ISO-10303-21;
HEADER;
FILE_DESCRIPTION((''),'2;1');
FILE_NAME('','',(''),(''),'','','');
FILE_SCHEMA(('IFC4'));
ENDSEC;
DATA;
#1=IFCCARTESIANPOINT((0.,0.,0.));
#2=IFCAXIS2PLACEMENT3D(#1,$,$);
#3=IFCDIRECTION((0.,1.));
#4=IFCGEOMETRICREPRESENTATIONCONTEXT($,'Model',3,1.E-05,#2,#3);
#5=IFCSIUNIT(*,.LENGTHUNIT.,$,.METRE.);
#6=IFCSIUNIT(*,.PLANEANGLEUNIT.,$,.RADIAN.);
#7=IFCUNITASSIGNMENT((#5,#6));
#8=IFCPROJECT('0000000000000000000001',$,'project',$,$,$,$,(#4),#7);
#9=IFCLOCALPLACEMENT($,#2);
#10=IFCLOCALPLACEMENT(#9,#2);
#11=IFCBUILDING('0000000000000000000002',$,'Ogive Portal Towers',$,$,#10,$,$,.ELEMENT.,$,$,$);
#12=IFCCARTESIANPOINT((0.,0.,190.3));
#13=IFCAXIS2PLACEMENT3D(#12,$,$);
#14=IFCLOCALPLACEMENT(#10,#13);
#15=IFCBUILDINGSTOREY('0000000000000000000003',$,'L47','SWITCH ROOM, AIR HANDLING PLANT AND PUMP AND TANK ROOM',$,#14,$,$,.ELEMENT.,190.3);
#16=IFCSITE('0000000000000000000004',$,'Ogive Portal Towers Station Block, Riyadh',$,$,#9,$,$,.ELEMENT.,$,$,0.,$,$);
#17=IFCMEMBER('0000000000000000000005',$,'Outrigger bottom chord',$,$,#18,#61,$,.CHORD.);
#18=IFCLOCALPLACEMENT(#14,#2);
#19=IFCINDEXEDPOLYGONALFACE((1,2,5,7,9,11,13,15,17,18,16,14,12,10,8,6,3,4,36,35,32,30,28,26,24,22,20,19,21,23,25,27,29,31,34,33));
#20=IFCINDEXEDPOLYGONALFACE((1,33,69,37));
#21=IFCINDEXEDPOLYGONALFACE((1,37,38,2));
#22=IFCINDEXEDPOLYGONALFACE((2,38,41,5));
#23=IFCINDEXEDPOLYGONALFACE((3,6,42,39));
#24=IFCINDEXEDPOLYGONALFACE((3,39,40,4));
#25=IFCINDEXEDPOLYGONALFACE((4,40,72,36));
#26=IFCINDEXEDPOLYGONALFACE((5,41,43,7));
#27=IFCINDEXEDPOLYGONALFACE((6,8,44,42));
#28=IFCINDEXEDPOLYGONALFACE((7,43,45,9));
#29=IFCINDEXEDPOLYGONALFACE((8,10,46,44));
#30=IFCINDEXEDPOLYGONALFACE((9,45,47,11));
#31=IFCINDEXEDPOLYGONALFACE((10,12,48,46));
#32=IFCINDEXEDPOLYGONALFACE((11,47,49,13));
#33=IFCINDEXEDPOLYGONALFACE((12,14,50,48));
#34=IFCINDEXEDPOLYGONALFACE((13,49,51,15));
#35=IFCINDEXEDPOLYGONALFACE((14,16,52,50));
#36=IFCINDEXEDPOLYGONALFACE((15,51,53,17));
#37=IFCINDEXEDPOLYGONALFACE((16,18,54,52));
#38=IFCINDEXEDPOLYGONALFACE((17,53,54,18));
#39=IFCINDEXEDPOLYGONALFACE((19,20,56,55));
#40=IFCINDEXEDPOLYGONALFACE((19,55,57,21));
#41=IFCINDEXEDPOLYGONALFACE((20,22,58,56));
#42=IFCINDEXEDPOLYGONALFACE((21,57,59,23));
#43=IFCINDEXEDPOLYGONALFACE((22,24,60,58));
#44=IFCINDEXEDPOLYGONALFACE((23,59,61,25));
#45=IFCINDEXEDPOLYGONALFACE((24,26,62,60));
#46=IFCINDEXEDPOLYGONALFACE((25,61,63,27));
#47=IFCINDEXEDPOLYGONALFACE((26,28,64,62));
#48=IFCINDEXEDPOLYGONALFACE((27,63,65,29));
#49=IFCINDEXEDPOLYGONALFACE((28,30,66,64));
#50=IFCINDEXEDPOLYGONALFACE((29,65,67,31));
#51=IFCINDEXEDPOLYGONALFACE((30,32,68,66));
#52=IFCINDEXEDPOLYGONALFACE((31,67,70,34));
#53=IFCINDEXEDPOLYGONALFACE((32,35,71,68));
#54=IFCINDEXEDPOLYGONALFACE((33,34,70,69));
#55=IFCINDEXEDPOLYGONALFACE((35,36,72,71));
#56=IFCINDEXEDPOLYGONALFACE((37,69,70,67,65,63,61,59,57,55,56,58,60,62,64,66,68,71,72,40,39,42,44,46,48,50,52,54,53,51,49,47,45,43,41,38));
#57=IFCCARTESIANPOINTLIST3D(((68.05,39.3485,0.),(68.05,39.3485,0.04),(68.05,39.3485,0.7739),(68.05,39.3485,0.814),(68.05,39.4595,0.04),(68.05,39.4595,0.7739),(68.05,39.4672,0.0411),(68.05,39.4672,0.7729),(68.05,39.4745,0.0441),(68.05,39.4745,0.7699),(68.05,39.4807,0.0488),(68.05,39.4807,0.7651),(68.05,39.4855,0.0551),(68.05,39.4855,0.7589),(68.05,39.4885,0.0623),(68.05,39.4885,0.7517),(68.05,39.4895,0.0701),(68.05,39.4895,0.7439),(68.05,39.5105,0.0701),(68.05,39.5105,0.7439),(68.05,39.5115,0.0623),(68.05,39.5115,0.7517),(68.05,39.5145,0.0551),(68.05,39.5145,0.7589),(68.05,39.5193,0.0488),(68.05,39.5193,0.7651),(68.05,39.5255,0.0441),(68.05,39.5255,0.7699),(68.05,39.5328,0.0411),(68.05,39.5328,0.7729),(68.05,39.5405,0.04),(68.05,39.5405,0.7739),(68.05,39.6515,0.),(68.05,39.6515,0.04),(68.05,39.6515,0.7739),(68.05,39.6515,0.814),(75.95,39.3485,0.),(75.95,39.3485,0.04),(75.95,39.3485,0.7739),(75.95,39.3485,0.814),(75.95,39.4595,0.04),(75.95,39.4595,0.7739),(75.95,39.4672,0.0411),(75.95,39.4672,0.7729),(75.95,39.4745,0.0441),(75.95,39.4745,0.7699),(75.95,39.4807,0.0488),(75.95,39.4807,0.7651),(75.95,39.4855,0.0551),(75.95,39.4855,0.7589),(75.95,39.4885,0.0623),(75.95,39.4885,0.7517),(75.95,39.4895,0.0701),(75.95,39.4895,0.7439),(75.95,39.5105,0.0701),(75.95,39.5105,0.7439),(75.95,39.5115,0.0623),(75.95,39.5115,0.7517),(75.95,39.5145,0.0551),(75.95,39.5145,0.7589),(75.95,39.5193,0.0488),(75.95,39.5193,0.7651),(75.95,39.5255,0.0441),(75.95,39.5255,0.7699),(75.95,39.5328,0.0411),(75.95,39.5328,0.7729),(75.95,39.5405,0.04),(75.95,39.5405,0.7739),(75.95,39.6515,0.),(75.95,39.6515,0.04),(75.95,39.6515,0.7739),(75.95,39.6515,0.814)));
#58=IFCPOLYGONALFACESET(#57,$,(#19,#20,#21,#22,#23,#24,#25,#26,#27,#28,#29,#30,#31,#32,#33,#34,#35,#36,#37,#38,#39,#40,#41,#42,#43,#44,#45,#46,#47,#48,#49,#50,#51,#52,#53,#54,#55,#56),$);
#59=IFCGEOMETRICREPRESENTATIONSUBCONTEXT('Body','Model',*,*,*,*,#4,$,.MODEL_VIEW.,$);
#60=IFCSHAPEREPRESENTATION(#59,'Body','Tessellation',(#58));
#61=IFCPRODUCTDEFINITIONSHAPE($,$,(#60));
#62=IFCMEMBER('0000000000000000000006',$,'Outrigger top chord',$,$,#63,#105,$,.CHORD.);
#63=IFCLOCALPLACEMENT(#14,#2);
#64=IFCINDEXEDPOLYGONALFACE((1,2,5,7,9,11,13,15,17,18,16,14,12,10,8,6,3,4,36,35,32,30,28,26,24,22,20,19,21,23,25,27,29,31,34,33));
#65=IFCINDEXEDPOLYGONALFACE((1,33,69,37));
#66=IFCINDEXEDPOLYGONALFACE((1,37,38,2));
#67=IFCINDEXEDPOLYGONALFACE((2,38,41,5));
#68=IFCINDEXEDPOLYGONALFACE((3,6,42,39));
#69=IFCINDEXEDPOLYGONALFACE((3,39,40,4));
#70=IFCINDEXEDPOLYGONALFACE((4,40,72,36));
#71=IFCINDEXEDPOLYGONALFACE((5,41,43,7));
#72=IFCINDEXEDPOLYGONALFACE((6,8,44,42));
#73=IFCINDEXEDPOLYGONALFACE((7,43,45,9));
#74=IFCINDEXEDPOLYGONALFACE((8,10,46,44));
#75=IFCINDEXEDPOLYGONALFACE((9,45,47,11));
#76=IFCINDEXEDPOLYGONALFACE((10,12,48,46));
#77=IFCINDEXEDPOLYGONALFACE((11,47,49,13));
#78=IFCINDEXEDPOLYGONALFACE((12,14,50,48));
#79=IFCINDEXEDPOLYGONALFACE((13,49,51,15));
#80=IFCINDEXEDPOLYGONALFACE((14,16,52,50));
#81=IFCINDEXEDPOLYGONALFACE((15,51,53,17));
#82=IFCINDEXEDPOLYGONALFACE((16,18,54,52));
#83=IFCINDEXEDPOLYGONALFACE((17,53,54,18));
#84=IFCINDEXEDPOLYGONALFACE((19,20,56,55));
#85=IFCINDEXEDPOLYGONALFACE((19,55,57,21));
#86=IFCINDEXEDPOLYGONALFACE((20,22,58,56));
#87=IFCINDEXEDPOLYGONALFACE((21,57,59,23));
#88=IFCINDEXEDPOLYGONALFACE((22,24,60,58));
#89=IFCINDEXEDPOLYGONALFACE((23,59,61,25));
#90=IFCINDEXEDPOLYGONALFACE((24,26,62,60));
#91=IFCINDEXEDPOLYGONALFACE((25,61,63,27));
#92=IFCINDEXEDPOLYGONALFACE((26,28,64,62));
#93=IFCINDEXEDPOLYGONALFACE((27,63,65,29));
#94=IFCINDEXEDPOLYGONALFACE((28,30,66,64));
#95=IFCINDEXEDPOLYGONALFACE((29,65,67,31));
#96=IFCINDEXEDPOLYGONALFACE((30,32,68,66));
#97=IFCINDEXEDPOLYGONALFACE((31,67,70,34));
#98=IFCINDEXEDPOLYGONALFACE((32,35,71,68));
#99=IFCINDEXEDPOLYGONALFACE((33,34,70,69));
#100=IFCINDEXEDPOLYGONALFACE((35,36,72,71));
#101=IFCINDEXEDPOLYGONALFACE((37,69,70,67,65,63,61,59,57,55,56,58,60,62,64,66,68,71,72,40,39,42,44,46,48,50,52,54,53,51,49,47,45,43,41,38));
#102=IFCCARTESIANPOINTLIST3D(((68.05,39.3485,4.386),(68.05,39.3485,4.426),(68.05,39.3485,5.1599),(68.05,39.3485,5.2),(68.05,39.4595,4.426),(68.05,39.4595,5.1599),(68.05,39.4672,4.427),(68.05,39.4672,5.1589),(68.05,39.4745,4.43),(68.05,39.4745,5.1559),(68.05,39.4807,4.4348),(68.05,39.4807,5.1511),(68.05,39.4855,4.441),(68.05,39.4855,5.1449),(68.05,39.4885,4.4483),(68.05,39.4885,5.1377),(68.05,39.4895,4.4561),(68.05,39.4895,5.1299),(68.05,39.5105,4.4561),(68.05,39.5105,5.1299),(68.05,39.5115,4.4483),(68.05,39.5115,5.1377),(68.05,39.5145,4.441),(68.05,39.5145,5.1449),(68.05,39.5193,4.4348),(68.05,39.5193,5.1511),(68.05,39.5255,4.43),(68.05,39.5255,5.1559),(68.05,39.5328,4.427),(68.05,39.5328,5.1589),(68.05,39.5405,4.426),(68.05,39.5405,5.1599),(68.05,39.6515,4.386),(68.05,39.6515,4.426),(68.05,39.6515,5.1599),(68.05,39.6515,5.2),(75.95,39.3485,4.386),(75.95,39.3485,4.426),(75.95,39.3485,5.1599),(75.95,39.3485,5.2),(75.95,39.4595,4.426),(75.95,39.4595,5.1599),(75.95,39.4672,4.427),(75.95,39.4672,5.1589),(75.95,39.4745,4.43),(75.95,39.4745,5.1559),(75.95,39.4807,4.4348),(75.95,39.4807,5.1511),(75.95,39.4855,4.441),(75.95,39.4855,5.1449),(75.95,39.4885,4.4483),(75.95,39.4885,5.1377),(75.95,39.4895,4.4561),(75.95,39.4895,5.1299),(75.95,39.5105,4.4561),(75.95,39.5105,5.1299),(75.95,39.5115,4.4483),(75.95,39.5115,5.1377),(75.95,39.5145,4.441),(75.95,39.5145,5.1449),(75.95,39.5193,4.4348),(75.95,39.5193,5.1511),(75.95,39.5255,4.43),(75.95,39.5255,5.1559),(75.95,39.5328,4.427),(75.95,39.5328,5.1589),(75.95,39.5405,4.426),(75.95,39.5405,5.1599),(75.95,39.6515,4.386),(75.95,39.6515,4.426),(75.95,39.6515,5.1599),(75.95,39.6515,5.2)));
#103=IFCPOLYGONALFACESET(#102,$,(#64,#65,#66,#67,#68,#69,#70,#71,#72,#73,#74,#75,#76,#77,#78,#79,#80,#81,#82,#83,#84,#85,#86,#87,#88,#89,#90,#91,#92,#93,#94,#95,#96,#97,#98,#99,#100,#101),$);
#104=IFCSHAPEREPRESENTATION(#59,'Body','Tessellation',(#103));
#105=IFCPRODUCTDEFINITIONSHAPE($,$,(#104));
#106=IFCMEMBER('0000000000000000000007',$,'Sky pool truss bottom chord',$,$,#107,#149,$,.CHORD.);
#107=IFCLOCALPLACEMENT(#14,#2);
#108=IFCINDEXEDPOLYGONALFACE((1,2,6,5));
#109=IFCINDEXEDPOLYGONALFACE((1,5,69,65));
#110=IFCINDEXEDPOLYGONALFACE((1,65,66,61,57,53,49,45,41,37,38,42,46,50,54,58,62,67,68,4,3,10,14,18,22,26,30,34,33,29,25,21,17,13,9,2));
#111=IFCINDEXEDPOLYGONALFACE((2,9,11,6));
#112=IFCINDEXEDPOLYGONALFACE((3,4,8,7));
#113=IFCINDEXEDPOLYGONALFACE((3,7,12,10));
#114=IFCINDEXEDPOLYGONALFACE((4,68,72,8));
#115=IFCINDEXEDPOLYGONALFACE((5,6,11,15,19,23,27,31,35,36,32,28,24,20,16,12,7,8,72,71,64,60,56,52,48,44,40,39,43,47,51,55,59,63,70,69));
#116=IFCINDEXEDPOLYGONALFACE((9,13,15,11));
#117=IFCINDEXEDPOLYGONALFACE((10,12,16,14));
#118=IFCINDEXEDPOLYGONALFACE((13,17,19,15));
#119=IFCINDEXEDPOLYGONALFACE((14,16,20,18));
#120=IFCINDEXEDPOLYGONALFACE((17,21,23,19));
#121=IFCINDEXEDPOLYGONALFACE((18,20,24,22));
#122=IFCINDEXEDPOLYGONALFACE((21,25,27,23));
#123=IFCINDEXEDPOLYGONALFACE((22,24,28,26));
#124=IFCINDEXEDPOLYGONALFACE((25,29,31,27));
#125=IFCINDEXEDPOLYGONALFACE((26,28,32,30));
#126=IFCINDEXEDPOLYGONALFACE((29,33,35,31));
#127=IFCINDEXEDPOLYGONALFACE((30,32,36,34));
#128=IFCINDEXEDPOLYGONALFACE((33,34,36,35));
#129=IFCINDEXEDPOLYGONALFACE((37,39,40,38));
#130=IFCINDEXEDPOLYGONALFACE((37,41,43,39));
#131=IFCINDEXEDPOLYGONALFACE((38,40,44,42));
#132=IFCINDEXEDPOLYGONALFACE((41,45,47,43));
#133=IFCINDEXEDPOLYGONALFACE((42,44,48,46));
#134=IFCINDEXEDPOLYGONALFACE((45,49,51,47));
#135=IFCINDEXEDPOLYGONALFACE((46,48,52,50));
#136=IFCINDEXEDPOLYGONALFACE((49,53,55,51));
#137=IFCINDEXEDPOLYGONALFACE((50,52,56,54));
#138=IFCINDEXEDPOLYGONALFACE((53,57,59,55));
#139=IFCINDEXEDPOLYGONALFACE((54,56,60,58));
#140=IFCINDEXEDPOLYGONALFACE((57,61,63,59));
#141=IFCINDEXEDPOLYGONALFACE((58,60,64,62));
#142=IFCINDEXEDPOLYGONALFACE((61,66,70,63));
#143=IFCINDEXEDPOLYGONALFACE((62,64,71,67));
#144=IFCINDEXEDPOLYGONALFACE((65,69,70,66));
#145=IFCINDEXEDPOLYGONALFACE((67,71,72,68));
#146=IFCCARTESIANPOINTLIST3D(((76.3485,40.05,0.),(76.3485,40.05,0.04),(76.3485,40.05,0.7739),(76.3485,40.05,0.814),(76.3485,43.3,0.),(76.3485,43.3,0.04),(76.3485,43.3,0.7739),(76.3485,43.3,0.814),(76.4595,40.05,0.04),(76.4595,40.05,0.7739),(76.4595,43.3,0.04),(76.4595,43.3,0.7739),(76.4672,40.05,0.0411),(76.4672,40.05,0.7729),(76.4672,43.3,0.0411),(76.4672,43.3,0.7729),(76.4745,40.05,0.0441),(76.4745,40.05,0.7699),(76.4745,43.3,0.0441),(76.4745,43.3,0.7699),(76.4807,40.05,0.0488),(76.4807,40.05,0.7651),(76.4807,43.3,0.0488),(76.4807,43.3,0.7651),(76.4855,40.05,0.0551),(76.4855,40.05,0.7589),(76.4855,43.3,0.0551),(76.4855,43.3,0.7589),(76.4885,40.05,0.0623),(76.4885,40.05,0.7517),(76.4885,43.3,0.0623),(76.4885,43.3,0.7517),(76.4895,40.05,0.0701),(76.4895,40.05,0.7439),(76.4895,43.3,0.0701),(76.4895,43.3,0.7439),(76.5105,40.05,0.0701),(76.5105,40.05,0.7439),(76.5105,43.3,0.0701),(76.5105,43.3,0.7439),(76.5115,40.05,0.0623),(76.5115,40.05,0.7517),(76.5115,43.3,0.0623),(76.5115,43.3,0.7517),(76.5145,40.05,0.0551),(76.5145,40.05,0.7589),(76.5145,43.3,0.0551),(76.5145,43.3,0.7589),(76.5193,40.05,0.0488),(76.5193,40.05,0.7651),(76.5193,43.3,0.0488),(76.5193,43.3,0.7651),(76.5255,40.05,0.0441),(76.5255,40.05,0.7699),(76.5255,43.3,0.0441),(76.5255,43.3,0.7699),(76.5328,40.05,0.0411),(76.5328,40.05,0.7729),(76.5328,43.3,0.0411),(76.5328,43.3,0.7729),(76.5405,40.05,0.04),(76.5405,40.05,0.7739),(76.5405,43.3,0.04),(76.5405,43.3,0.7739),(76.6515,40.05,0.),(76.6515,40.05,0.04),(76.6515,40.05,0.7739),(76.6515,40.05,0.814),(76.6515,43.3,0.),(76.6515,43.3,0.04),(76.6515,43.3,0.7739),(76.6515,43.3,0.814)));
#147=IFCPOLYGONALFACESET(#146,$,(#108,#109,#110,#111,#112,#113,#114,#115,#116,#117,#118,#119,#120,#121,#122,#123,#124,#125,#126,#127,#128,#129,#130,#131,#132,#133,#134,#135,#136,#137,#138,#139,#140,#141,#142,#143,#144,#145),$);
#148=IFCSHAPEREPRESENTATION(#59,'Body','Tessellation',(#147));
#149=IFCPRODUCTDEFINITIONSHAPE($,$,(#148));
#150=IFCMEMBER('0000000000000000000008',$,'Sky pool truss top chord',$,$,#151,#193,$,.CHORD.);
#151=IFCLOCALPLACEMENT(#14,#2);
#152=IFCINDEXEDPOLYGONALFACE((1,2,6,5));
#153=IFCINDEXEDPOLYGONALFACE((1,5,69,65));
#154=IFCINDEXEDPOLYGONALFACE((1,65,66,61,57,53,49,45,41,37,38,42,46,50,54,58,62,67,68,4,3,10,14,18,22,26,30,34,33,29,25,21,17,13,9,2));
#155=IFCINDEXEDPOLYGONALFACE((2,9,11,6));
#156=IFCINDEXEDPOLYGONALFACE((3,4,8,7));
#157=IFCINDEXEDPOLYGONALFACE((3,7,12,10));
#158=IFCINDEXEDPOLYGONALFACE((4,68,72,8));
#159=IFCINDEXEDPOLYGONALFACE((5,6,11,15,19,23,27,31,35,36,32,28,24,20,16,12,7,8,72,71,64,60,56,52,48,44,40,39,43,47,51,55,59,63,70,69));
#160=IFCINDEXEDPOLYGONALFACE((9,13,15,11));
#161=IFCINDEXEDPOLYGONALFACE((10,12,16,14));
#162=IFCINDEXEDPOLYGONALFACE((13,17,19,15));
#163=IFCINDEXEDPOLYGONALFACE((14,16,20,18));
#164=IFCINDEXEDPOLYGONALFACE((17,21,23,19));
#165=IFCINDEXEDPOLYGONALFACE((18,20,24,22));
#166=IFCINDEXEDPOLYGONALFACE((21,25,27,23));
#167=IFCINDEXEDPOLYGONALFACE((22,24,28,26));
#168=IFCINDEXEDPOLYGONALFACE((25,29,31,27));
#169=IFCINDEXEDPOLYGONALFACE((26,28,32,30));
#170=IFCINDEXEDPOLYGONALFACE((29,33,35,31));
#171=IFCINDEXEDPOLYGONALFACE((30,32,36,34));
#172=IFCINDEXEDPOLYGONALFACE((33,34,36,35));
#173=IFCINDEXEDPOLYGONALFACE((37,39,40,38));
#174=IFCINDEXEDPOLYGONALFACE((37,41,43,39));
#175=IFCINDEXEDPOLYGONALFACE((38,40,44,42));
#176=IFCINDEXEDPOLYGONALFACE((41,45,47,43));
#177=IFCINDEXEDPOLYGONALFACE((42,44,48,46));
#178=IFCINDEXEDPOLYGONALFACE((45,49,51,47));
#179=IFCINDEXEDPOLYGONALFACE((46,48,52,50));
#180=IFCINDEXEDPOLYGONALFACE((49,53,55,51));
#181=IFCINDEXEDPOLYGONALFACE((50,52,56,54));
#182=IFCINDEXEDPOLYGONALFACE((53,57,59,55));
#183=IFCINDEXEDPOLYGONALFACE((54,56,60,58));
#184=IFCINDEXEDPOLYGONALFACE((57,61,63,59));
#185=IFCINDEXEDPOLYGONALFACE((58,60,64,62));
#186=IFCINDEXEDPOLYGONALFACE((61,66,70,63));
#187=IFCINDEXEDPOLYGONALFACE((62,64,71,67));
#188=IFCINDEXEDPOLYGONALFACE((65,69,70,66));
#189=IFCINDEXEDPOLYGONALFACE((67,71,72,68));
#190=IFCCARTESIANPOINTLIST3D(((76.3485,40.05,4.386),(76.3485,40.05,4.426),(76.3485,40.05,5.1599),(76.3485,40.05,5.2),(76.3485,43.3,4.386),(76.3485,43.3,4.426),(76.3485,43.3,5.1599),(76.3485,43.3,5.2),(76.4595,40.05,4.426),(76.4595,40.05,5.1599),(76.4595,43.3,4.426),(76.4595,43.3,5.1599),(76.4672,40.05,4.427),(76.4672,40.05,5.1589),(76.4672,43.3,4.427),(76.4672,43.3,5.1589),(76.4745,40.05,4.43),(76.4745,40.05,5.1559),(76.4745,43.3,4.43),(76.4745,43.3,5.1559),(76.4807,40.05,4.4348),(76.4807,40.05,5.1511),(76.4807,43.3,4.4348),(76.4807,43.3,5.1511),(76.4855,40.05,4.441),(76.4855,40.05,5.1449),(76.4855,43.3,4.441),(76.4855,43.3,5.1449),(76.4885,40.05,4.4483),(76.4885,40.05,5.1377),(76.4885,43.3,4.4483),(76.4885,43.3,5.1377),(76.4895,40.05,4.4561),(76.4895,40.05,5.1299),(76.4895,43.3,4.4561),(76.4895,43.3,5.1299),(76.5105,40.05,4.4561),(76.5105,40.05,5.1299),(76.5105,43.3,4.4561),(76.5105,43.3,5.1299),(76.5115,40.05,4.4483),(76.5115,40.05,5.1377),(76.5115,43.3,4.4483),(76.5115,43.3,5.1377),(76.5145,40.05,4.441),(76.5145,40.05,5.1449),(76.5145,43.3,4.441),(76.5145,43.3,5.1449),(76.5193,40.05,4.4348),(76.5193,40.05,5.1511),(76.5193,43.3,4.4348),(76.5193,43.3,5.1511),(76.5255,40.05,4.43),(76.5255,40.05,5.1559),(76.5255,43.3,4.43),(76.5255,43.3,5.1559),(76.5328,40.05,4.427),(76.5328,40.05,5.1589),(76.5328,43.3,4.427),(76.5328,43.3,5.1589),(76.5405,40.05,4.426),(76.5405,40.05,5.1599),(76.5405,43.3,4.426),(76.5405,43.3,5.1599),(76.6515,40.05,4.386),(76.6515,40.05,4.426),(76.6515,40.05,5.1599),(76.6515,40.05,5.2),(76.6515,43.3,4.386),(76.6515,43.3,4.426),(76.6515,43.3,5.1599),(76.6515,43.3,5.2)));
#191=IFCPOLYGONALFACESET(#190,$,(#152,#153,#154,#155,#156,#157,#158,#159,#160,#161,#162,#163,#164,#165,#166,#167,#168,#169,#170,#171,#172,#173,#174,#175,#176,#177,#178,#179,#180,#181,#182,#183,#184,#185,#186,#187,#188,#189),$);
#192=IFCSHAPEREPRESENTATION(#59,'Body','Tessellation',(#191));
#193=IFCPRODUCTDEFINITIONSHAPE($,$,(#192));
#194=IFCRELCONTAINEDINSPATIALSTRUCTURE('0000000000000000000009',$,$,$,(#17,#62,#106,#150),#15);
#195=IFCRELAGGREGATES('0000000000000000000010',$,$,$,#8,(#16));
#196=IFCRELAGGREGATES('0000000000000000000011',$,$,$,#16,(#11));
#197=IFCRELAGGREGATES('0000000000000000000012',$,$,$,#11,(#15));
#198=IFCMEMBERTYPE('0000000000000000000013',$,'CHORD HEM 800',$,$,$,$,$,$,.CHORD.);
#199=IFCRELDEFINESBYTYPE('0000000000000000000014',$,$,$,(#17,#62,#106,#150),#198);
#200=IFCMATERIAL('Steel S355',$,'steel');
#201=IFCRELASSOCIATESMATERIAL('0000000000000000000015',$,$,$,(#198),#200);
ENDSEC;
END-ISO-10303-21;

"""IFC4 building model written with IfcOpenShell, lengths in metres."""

from ifc_helpers import new_model, si_unit, direction, frame, origin, origin_2d, place, context, subcontext, project, spatial, i_section, extrude, material, material_profile, profile_set, type_object, element, save


model = new_model("IFC4")

# Units and contexts
model_context = context("Model", 3, precision=1e-05, world=origin(), true_north=direction((0.0, 1.0)))
body_context = subcontext(model_context, "Body", "Model", "MODEL_VIEW")
ifc_project = project(units=[si_unit("LENGTHUNIT", "METRE"), si_unit("PLANEANGLEUNIT", "RADIAN")], contexts=[model_context])

# Site, building, storey
site_placement = place(None, origin())
site = spatial("IfcSite", under=ifc_project, at=site_placement, Name="Ogive Portal Towers Station Block, Riyadh", CompositionType="ELEMENT", RefElevation=0.0)
building_placement = place(site_placement, origin())
building = spatial("IfcBuilding", under=site, at=building_placement, Name="Ogive Portal Towers", CompositionType="ELEMENT")
storey_placement = place(building_placement, frame((0.0, 0.0, 190.3)))
storey = spatial("IfcBuildingStorey", under=building, at=storey_placement, Name="L47", Description="SWITCH ROOM, AIR HANDLING PLANT AND PUMP AND TANK ROOM", CompositionType="ELEMENT", Elevation=190.3)

# Members
ifc_material_1 = material(Name="Steel S355", Category="steel")
ifc_material_profile_1 = material_profile(ifc_material_1, i_section(OverallWidth=0.303, OverallDepth=0.814, WebThickness=0.021, FlangeThickness=0.04, FilletRadius=0.03, at=origin_2d()), Name="HEM 800")
ifc_profile_set_1 = profile_set([ifc_material_profile_1], Name="Steel S355")
member_type_1 = type_object("IfcMemberType", Name="CHORD HEM 800", PredefinedType="CHORD", material=ifc_profile_set_1)
for number, where, z_axis, x_axis, name in (
    (1, (75.95, 39.5, 0.407), (-1.0, 0.0, 0.0), (0.0, -1.0, 0.0), "Outrigger bottom chord"),
    (2, (75.95, 39.5, 4.793), (-1.0, 0.0, 0.0), (0.0, -1.0, 0.0), "Outrigger top chord"),
):
    element("IfcMember", number, at=place(storey_placement, frame(where, z_axis=z_axis, x_axis=x_axis)), inside=storey, type_object=member_type_1, Name=name, PredefinedType="CHORD", context=body_context, shape_type="SweptSolid", body=[
        extrude(i_section(OverallWidth=0.303, OverallDepth=0.814, WebThickness=0.021, FlangeThickness=0.04, FilletRadius=0.03, at=origin_2d()), origin(), (0.0, 0.0, 1.0), 7.8999),
    ])
for number, where, z_axis, x_axis, name in (
    (3, (76.5, 40.05, 0.407), (0.0, 1.0, 0.0), (-1.0, 0.0, 0.0), "Sky pool truss bottom chord"),
    (4, (76.5, 40.05, 4.793), (0.0, 1.0, 0.0), (-1.0, 0.0, 0.0), "Sky pool truss top chord"),
):
    element("IfcMember", number, at=place(storey_placement, frame(where, z_axis=z_axis, x_axis=x_axis)), inside=storey, type_object=member_type_1, Name=name, PredefinedType="CHORD", context=body_context, shape_type="SweptSolid", body=[
        extrude(i_section(OverallWidth=0.303, OverallDepth=0.814, WebThickness=0.021, FlangeThickness=0.04, FilletRadius=0.03, at=origin_2d()), origin(), (0.0, 0.0, 1.0), 3.25),
    ])

save(model, "model.ifc")
